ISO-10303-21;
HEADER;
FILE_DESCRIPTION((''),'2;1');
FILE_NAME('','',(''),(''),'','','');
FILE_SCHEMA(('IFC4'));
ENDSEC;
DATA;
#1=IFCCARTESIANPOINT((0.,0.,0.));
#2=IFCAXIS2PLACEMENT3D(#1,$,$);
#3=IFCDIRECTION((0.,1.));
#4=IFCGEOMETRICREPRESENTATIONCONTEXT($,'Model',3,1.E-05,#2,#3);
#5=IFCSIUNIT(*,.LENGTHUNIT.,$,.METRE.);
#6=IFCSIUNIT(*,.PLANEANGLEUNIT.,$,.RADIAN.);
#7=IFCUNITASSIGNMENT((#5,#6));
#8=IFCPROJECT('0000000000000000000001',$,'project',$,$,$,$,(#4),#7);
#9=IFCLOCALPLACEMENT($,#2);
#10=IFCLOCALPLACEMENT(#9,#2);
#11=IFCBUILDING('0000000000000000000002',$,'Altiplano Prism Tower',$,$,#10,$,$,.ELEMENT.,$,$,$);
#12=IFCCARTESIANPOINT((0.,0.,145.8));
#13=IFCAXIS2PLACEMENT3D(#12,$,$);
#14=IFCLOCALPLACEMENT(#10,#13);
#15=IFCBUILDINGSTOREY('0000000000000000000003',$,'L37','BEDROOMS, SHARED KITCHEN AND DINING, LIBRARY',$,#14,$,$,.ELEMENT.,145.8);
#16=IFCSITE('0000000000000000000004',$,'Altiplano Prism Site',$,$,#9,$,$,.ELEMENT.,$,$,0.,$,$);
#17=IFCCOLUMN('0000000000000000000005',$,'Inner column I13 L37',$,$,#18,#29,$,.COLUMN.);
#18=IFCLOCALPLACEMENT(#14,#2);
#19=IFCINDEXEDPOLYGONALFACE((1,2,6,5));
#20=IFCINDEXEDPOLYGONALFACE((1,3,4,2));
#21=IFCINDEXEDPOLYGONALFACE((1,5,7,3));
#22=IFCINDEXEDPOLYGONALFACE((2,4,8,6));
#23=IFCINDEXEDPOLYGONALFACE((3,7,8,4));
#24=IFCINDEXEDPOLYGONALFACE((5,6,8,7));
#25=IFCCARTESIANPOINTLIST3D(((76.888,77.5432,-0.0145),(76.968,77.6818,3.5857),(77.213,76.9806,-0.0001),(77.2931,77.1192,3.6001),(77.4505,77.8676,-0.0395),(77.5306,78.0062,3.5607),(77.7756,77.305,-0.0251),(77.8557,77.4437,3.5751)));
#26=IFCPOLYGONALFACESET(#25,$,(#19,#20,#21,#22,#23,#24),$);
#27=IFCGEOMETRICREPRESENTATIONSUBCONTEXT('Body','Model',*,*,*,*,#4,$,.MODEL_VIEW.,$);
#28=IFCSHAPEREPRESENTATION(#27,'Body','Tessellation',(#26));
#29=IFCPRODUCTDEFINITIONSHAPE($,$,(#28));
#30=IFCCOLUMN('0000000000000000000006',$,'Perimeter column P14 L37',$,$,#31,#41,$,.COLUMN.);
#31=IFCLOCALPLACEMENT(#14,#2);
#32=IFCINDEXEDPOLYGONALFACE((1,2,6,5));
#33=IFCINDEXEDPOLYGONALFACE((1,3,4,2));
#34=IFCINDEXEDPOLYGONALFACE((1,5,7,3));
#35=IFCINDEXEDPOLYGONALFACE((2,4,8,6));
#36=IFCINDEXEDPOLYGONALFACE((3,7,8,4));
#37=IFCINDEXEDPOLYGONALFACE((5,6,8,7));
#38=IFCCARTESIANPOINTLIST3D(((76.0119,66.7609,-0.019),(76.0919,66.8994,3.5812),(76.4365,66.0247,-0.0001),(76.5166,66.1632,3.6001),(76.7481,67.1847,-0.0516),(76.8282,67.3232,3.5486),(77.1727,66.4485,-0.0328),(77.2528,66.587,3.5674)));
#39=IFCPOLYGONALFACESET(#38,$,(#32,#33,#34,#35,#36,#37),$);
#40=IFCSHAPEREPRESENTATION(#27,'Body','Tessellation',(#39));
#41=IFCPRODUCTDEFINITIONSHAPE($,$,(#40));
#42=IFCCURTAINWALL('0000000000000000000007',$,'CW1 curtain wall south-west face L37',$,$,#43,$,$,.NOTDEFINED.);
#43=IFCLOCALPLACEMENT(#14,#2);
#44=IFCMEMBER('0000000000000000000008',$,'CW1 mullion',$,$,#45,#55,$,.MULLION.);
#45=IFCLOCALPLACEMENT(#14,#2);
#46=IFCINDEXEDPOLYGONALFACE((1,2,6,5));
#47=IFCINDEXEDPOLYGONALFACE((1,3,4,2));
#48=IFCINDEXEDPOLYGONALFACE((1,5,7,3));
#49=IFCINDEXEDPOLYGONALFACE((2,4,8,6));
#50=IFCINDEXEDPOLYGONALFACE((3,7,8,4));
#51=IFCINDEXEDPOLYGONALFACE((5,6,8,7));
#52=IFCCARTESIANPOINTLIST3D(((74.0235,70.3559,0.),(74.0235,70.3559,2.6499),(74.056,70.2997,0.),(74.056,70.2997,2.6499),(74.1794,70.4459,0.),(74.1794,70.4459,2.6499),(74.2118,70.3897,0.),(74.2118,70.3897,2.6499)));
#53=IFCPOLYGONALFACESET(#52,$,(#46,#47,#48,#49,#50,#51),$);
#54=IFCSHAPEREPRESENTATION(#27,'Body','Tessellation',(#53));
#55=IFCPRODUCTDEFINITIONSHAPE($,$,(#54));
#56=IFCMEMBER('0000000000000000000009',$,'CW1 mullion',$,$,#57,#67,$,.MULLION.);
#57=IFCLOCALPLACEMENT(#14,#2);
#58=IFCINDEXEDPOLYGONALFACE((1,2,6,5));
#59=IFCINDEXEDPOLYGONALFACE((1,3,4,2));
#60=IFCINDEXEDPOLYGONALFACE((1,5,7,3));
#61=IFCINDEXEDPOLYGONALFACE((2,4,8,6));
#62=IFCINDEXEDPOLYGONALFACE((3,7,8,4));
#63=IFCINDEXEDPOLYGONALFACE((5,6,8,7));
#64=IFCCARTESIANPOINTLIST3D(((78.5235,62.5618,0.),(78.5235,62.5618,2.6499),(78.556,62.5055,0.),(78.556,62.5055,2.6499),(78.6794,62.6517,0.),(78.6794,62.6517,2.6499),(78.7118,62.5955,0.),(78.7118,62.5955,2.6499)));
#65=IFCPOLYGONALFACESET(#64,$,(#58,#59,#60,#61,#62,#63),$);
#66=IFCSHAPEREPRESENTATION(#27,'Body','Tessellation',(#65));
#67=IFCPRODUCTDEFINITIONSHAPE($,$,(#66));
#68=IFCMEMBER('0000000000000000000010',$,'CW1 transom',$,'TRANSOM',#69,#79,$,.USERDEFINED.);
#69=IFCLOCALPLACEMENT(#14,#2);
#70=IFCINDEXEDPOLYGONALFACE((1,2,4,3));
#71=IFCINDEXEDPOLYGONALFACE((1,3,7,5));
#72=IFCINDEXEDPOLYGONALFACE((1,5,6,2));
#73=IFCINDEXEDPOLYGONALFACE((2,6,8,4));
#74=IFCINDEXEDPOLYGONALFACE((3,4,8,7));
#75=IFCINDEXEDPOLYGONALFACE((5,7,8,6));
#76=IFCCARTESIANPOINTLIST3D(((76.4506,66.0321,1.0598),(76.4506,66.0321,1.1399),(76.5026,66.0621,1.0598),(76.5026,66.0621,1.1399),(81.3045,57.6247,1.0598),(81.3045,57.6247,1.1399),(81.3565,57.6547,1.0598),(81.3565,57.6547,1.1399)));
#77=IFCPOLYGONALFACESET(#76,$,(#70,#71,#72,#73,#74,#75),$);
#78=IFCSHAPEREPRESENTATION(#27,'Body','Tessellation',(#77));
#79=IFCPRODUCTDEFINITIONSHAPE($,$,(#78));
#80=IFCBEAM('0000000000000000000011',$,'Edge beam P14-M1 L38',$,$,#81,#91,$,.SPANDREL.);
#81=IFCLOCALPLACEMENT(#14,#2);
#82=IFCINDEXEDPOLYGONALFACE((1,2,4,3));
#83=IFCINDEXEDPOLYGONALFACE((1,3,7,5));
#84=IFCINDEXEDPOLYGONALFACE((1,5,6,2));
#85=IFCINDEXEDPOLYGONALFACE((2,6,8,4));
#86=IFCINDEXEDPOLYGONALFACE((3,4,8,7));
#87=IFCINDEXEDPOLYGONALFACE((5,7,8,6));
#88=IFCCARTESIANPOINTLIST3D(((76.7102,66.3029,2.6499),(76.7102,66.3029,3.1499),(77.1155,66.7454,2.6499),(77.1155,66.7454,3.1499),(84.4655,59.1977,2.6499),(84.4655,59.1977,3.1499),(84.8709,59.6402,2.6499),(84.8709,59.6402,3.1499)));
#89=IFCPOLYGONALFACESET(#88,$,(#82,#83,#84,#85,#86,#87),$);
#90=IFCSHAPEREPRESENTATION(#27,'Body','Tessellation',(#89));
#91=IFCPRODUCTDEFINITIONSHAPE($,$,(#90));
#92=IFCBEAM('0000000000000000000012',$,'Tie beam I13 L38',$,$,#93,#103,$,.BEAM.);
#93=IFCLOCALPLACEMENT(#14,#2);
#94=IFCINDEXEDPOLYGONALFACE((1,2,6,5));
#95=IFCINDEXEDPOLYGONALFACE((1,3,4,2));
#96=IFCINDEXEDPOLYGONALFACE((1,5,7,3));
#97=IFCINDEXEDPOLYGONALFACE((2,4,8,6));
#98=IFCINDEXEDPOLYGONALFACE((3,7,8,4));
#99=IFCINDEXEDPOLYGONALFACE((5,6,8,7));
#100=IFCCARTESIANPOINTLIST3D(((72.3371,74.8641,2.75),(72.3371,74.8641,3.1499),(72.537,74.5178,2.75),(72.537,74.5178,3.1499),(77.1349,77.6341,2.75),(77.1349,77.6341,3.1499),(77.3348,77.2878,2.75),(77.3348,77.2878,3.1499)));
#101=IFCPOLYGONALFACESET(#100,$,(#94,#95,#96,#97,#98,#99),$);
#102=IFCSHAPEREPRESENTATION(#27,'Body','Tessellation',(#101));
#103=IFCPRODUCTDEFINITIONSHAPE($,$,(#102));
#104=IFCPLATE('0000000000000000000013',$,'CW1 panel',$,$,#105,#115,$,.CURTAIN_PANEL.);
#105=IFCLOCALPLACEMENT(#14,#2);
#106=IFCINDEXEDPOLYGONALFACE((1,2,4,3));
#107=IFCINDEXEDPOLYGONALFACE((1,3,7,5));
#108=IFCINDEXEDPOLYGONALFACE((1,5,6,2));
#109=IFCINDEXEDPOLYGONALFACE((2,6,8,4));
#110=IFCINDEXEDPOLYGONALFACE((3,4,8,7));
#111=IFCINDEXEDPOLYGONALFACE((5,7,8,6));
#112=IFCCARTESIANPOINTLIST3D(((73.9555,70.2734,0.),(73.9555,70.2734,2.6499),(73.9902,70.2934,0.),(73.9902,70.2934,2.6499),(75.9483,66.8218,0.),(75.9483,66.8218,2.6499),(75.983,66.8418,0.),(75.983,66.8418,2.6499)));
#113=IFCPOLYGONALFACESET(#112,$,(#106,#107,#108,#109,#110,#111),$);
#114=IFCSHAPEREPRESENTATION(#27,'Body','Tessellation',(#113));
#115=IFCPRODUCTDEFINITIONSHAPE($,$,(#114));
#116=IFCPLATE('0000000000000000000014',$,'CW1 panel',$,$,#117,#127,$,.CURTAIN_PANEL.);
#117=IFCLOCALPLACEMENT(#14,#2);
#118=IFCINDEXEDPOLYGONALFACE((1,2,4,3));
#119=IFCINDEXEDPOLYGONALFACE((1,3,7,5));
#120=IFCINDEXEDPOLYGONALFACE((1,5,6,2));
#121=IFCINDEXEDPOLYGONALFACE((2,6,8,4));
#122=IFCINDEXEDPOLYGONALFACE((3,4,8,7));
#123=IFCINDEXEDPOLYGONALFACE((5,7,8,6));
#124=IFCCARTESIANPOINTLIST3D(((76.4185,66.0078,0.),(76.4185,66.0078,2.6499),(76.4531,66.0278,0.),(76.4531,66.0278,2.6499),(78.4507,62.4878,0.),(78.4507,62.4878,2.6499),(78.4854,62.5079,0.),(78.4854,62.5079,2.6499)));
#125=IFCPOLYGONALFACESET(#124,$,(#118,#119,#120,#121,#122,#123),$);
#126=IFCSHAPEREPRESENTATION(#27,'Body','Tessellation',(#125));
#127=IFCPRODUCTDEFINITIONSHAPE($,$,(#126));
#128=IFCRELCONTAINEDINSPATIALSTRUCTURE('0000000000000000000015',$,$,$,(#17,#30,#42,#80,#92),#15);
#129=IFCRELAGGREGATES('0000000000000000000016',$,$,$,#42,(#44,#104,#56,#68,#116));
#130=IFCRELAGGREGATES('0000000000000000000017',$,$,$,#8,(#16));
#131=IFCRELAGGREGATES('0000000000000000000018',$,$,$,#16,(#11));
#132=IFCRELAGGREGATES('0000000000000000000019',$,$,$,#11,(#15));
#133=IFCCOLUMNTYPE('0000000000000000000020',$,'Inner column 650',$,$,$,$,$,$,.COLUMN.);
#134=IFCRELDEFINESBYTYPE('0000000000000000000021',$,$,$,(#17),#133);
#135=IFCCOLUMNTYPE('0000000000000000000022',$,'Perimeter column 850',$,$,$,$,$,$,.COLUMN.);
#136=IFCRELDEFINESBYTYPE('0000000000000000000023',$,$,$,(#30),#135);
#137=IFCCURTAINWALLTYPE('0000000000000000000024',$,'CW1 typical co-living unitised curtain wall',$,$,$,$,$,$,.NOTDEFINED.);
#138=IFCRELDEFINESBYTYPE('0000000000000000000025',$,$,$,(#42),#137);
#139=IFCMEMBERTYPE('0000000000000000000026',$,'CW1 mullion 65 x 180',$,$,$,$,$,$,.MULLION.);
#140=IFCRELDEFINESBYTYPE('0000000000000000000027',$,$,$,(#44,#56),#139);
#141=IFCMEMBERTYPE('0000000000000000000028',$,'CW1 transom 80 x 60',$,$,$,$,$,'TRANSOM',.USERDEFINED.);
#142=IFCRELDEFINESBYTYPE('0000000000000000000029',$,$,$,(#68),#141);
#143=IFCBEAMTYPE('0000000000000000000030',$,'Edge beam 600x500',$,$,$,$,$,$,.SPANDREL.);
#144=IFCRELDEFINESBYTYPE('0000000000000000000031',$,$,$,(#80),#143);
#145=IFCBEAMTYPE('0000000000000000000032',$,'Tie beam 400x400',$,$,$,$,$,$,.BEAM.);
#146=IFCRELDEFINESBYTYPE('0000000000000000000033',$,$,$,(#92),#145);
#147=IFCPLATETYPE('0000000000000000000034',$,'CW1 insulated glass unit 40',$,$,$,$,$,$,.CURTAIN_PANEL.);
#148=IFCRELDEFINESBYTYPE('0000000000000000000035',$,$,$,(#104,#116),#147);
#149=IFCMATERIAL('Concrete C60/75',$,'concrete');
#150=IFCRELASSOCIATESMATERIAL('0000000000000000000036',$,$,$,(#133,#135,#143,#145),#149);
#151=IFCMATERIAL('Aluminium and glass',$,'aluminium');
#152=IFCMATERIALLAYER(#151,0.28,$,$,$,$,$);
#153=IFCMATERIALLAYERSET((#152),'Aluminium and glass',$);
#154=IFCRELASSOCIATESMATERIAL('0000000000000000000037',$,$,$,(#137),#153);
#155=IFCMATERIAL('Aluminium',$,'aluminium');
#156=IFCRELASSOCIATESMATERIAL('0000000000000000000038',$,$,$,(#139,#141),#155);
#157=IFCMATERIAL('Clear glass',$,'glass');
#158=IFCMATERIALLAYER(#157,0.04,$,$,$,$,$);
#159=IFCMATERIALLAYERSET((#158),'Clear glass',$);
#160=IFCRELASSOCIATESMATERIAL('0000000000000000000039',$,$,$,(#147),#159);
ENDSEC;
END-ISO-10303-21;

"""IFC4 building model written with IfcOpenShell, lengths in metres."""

from ifc_helpers import new_model, si_unit, direction, frame, origin, origin_2d, place, context, subcontext, project, spatial, rectangle, extrude, material, layer, layer_set, material_profile, profile_set, type_object, element, aggregate, save


model = new_model("IFC4")

# Units and contexts
model_context = context("Model", 3, precision=1e-05, world=origin(), true_north=direction((0.0, 1.0)))
body_context = subcontext(model_context, "Body", "Model", "MODEL_VIEW")
ifc_project = project(units=[si_unit("LENGTHUNIT", "METRE"), si_unit("PLANEANGLEUNIT", "RADIAN")], contexts=[model_context])

# Site, building, storey
site_placement = place(None, origin())
site = spatial("IfcSite", under=ifc_project, at=site_placement, Name="Altiplano Prism Site", CompositionType="ELEMENT", RefElevation=0.0)
building_placement = place(site_placement, origin())
building = spatial("IfcBuilding", under=site, at=building_placement, Name="Altiplano Prism Tower", CompositionType="ELEMENT")
storey_placement = place(building_placement, frame((0.0, 0.0, 145.8)))
storey = spatial("IfcBuildingStorey", under=building, at=storey_placement, Name="L37", Description="BEDROOMS, SHARED KITCHEN AND DINING, LIBRARY", CompositionType="ELEMENT", Elevation=145.8)

# Columns
ifc_material_1 = material(Name="Concrete C60/75", Category="concrete")
ifc_material_profile_1 = material_profile(ifc_material_1, rectangle(XDim=0.6499, YDim=0.6499, at=origin_2d()), Name="Inner column 650")
ifc_profile_set_1 = profile_set([ifc_material_profile_1], Name="Concrete C60/75")
column_type_1 = type_object("IfcColumnType", Name="Inner column 650", PredefinedType="COLUMN", material=ifc_profile_set_1)
column_1_placement = place(storey_placement, frame((77.3318, 77.4241, -0.0198), z_axis=(0.022221, 0.038481, 0.999012), x_axis=(-0.865642, -0.499182, 0.038483)))
element("IfcColumn", 1, at=column_1_placement, inside=storey, type_object=column_type_1, Name="Inner column I13 L37", PredefinedType="COLUMN", context=body_context, shape_type="SweptSolid", body=[
    extrude(rectangle(XDim=0.6499, YDim=0.6499, at=origin_2d()), origin(), (0.0, 0.0, 1.0), 3.6038),
])
ifc_material_profile_2 = material_profile(ifc_material_1, rectangle(XDim=0.8501, YDim=0.8501, at=origin_2d()), Name="Perimeter column 850")
ifc_profile_set_2 = profile_set([ifc_material_profile_2], Name="Concrete C60/75")
column_type_2 = type_object("IfcColumnType", Name="Perimeter column 850", PredefinedType="COLUMN", material=ifc_profile_set_2)
column_2_placement = place(storey_placement, frame((76.5923, 66.6047, -0.0259), z_axis=(0.022221, 0.038413, 0.999015), x_axis=(-0.866024, -0.498523, 0.038432)))
element("IfcColumn", 2, at=column_2_placement, inside=storey, type_object=column_type_2, Name="Perimeter column P14 L37", PredefinedType="COLUMN", context=body_context, shape_type="SweptSolid", body=[
    extrude(rectangle(XDim=0.8501, YDim=0.8501, at=origin_2d()), origin(), (0.0, 0.0, 1.0), 3.6038),
])

# Curtain wall, members
ifc_material_2 = material(Name="Aluminium and glass", Category="aluminium")
ifc_layer_1 = layer(ifc_material_2, 0.28)
ifc_layer_set_1 = layer_set([ifc_layer_1], Name="Aluminium and glass")
curtain_wall_type = type_object("IfcCurtainWallType", Name="CW1 typical co-living unitised curtain wall", PredefinedType="NOTDEFINED", material=ifc_layer_set_1)
curtain_wall_placement = place(storey_placement, origin())
curtain_wall = element("IfcCurtainWall", 3, at=curtain_wall_placement, inside=storey, type_object=curtain_wall_type, Name="CW1 curtain wall south-west face L37", PredefinedType="NOTDEFINED")
ifc_material_3 = material(Name="Aluminium", Category="aluminium")
ifc_material_profile_3 = material_profile(ifc_material_3, rectangle(XDim=0.1799, YDim=0.0649, at=origin_2d()), Name="CW1 mullion 65 x 180")
ifc_profile_set_3 = profile_set([ifc_material_profile_3], Name="Aluminium")
member_type_1 = type_object("IfcMemberType", Name="CW1 mullion 65 x 180", PredefinedType="MULLION", material=ifc_profile_set_3)
member_1_placement = place(storey_placement, frame((74.1177, 70.3728, 0.0), z_axis=(0.0, 0.0, 1.0), x_axis=(0.866025, 0.5, 0.0)))
member_1 = element("IfcMember", 4, at=member_1_placement, type_object=member_type_1, Name="CW1 mullion", PredefinedType="MULLION", context=body_context, shape_type="SweptSolid", body=[
    extrude(rectangle(XDim=0.1799, YDim=0.0649, at=origin_2d()), origin(), (0.0, 0.0, 1.0), 2.6499),
])
member_2_placement = place(storey_placement, frame((78.6177, 62.5786, 0.0), z_axis=(0.0, 0.0, 1.0), x_axis=(0.866025, 0.5, 0.0)))
member_2 = element("IfcMember", 5, at=member_2_placement, type_object=member_type_1, Name="CW1 mullion", PredefinedType="MULLION", context=body_context, shape_type="SweptSolid", body=[
    extrude(rectangle(XDim=0.1799, YDim=0.0649, at=origin_2d()), origin(), (0.0, 0.0, 1.0), 2.6499),
])
ifc_material_profile_4 = material_profile(ifc_material_3, rectangle(XDim=0.0601, YDim=0.0801, at=origin_2d()), Name="CW1 transom 80 x 60")
ifc_profile_set_4 = profile_set([ifc_material_profile_4], Name="Aluminium")
member_type_2 = type_object("IfcMemberType", Name="CW1 transom 80 x 60", ElementType="TRANSOM", PredefinedType="USERDEFINED", material=ifc_profile_set_4)
member_3_placement = place(storey_placement, frame((76.4766, 66.0471, 1.0999), z_axis=(0.499996, -0.866028, 0.0), x_axis=(0.866028, 0.499996, 0.0)))
member_3 = element("IfcMember", 6, at=member_3_placement, type_object=member_type_2, Name="CW1 transom", ObjectType="TRANSOM", PredefinedType="USERDEFINED", context=body_context, shape_type="SweptSolid", body=[
    extrude(rectangle(XDim=0.0601, YDim=0.0801, at=origin_2d()), origin(), (0.0, 0.0, 1.0), 9.708),
])

# Beams
ifc_material_profile_5 = material_profile(ifc_material_1, rectangle(XDim=0.6001, YDim=0.5, at=origin_2d()), Name="Edge beam 600x500")
ifc_profile_set_5 = profile_set([ifc_material_profile_5], Name="Concrete C60/75")
beam_type_1 = type_object("IfcBeamType", Name="Edge beam 600x500", PredefinedType="SPANDREL", material=ifc_profile_set_5)
beam_1_placement = place(storey_placement, frame((76.9128, 66.5242, 2.8999), z_axis=(0.737337, -0.675525, 0.0), x_axis=(0.675525, 0.737337, 0.0)))
element("IfcBeam", 7, at=beam_1_placement, inside=storey, type_object=beam_type_1, Name="Edge beam P14-M1 L38", PredefinedType="SPANDREL", context=body_context, shape_type="SweptSolid", body=[
    extrude(rectangle(XDim=0.6001, YDim=0.5, at=origin_2d()), origin(), (0.0, 0.0, 1.0), 10.5181),
])
ifc_material_profile_6 = material_profile(ifc_material_1, rectangle(XDim=0.3999, YDim=0.3999, at=origin_2d()), Name="Tie beam 400x400")
ifc_profile_set_6 = profile_set([ifc_material_profile_6], Name="Concrete C60/75")
beam_type_2 = type_object("IfcBeamType", Name="Tie beam 400x400", PredefinedType="BEAM", material=ifc_profile_set_6)
beam_2_placement = place(storey_placement, frame((77.2349, 77.4609, 2.95), z_axis=(-0.866027, -0.499997, 0.0), x_axis=(0.499997, -0.866027, 0.0)))
element("IfcBeam", 8, at=beam_2_placement, inside=storey, type_object=beam_type_2, Name="Tie beam I13 L38", PredefinedType="BEAM", context=body_context, shape_type="SweptSolid", body=[
    extrude(rectangle(XDim=0.3999, YDim=0.3999, at=origin_2d()), origin(), (0.0, 0.0, 1.0), 5.54),
])

# Plates
ifc_material_4 = material(Name="Clear glass", Category="glass")
ifc_layer_2 = layer(ifc_material_4, 0.04)
ifc_layer_set_2 = layer_set([ifc_layer_2], Name="Clear glass")
plate_type = type_object("IfcPlateType", Name="CW1 insulated glass unit 40", PredefinedType="CURTAIN_PANEL", material=ifc_layer_set_2)
plate_1_placement = place(storey_placement, frame((74.9692, 68.5576, 0.0), z_axis=(0.0, 0.0, 1.0), x_axis=(0.5, -0.866025, 0.0)))
plate_1 = element("IfcPlate", 9, at=plate_1_placement, type_object=plate_type, Name="CW1 panel", PredefinedType="CURTAIN_PANEL", context=body_context, shape_type="SweptSolid", body=[
    extrude(rectangle(XDim=3.9856, YDim=0.04, at=origin_2d()), origin(), (0.0, 0.0, 1.0), 2.6499),
])
plate_2_placement = place(storey_placement, frame((77.4519, 64.2578, 0.0), z_axis=(0.0, 0.0, 1.0), x_axis=(0.5, -0.866025, 0.0)))
plate_2 = element("IfcPlate", 10, at=plate_2_placement, type_object=plate_type, Name="CW1 panel", PredefinedType="CURTAIN_PANEL", context=body_context, shape_type="SweptSolid", body=[
    extrude(rectangle(XDim=4.0645, YDim=0.04, at=origin_2d()), origin(), (0.0, 0.0, 1.0), 2.6499),
])
aggregate(curtain_wall, [member_1, plate_1, member_2, member_3, plate_2])

save(model, "model.ifc")
